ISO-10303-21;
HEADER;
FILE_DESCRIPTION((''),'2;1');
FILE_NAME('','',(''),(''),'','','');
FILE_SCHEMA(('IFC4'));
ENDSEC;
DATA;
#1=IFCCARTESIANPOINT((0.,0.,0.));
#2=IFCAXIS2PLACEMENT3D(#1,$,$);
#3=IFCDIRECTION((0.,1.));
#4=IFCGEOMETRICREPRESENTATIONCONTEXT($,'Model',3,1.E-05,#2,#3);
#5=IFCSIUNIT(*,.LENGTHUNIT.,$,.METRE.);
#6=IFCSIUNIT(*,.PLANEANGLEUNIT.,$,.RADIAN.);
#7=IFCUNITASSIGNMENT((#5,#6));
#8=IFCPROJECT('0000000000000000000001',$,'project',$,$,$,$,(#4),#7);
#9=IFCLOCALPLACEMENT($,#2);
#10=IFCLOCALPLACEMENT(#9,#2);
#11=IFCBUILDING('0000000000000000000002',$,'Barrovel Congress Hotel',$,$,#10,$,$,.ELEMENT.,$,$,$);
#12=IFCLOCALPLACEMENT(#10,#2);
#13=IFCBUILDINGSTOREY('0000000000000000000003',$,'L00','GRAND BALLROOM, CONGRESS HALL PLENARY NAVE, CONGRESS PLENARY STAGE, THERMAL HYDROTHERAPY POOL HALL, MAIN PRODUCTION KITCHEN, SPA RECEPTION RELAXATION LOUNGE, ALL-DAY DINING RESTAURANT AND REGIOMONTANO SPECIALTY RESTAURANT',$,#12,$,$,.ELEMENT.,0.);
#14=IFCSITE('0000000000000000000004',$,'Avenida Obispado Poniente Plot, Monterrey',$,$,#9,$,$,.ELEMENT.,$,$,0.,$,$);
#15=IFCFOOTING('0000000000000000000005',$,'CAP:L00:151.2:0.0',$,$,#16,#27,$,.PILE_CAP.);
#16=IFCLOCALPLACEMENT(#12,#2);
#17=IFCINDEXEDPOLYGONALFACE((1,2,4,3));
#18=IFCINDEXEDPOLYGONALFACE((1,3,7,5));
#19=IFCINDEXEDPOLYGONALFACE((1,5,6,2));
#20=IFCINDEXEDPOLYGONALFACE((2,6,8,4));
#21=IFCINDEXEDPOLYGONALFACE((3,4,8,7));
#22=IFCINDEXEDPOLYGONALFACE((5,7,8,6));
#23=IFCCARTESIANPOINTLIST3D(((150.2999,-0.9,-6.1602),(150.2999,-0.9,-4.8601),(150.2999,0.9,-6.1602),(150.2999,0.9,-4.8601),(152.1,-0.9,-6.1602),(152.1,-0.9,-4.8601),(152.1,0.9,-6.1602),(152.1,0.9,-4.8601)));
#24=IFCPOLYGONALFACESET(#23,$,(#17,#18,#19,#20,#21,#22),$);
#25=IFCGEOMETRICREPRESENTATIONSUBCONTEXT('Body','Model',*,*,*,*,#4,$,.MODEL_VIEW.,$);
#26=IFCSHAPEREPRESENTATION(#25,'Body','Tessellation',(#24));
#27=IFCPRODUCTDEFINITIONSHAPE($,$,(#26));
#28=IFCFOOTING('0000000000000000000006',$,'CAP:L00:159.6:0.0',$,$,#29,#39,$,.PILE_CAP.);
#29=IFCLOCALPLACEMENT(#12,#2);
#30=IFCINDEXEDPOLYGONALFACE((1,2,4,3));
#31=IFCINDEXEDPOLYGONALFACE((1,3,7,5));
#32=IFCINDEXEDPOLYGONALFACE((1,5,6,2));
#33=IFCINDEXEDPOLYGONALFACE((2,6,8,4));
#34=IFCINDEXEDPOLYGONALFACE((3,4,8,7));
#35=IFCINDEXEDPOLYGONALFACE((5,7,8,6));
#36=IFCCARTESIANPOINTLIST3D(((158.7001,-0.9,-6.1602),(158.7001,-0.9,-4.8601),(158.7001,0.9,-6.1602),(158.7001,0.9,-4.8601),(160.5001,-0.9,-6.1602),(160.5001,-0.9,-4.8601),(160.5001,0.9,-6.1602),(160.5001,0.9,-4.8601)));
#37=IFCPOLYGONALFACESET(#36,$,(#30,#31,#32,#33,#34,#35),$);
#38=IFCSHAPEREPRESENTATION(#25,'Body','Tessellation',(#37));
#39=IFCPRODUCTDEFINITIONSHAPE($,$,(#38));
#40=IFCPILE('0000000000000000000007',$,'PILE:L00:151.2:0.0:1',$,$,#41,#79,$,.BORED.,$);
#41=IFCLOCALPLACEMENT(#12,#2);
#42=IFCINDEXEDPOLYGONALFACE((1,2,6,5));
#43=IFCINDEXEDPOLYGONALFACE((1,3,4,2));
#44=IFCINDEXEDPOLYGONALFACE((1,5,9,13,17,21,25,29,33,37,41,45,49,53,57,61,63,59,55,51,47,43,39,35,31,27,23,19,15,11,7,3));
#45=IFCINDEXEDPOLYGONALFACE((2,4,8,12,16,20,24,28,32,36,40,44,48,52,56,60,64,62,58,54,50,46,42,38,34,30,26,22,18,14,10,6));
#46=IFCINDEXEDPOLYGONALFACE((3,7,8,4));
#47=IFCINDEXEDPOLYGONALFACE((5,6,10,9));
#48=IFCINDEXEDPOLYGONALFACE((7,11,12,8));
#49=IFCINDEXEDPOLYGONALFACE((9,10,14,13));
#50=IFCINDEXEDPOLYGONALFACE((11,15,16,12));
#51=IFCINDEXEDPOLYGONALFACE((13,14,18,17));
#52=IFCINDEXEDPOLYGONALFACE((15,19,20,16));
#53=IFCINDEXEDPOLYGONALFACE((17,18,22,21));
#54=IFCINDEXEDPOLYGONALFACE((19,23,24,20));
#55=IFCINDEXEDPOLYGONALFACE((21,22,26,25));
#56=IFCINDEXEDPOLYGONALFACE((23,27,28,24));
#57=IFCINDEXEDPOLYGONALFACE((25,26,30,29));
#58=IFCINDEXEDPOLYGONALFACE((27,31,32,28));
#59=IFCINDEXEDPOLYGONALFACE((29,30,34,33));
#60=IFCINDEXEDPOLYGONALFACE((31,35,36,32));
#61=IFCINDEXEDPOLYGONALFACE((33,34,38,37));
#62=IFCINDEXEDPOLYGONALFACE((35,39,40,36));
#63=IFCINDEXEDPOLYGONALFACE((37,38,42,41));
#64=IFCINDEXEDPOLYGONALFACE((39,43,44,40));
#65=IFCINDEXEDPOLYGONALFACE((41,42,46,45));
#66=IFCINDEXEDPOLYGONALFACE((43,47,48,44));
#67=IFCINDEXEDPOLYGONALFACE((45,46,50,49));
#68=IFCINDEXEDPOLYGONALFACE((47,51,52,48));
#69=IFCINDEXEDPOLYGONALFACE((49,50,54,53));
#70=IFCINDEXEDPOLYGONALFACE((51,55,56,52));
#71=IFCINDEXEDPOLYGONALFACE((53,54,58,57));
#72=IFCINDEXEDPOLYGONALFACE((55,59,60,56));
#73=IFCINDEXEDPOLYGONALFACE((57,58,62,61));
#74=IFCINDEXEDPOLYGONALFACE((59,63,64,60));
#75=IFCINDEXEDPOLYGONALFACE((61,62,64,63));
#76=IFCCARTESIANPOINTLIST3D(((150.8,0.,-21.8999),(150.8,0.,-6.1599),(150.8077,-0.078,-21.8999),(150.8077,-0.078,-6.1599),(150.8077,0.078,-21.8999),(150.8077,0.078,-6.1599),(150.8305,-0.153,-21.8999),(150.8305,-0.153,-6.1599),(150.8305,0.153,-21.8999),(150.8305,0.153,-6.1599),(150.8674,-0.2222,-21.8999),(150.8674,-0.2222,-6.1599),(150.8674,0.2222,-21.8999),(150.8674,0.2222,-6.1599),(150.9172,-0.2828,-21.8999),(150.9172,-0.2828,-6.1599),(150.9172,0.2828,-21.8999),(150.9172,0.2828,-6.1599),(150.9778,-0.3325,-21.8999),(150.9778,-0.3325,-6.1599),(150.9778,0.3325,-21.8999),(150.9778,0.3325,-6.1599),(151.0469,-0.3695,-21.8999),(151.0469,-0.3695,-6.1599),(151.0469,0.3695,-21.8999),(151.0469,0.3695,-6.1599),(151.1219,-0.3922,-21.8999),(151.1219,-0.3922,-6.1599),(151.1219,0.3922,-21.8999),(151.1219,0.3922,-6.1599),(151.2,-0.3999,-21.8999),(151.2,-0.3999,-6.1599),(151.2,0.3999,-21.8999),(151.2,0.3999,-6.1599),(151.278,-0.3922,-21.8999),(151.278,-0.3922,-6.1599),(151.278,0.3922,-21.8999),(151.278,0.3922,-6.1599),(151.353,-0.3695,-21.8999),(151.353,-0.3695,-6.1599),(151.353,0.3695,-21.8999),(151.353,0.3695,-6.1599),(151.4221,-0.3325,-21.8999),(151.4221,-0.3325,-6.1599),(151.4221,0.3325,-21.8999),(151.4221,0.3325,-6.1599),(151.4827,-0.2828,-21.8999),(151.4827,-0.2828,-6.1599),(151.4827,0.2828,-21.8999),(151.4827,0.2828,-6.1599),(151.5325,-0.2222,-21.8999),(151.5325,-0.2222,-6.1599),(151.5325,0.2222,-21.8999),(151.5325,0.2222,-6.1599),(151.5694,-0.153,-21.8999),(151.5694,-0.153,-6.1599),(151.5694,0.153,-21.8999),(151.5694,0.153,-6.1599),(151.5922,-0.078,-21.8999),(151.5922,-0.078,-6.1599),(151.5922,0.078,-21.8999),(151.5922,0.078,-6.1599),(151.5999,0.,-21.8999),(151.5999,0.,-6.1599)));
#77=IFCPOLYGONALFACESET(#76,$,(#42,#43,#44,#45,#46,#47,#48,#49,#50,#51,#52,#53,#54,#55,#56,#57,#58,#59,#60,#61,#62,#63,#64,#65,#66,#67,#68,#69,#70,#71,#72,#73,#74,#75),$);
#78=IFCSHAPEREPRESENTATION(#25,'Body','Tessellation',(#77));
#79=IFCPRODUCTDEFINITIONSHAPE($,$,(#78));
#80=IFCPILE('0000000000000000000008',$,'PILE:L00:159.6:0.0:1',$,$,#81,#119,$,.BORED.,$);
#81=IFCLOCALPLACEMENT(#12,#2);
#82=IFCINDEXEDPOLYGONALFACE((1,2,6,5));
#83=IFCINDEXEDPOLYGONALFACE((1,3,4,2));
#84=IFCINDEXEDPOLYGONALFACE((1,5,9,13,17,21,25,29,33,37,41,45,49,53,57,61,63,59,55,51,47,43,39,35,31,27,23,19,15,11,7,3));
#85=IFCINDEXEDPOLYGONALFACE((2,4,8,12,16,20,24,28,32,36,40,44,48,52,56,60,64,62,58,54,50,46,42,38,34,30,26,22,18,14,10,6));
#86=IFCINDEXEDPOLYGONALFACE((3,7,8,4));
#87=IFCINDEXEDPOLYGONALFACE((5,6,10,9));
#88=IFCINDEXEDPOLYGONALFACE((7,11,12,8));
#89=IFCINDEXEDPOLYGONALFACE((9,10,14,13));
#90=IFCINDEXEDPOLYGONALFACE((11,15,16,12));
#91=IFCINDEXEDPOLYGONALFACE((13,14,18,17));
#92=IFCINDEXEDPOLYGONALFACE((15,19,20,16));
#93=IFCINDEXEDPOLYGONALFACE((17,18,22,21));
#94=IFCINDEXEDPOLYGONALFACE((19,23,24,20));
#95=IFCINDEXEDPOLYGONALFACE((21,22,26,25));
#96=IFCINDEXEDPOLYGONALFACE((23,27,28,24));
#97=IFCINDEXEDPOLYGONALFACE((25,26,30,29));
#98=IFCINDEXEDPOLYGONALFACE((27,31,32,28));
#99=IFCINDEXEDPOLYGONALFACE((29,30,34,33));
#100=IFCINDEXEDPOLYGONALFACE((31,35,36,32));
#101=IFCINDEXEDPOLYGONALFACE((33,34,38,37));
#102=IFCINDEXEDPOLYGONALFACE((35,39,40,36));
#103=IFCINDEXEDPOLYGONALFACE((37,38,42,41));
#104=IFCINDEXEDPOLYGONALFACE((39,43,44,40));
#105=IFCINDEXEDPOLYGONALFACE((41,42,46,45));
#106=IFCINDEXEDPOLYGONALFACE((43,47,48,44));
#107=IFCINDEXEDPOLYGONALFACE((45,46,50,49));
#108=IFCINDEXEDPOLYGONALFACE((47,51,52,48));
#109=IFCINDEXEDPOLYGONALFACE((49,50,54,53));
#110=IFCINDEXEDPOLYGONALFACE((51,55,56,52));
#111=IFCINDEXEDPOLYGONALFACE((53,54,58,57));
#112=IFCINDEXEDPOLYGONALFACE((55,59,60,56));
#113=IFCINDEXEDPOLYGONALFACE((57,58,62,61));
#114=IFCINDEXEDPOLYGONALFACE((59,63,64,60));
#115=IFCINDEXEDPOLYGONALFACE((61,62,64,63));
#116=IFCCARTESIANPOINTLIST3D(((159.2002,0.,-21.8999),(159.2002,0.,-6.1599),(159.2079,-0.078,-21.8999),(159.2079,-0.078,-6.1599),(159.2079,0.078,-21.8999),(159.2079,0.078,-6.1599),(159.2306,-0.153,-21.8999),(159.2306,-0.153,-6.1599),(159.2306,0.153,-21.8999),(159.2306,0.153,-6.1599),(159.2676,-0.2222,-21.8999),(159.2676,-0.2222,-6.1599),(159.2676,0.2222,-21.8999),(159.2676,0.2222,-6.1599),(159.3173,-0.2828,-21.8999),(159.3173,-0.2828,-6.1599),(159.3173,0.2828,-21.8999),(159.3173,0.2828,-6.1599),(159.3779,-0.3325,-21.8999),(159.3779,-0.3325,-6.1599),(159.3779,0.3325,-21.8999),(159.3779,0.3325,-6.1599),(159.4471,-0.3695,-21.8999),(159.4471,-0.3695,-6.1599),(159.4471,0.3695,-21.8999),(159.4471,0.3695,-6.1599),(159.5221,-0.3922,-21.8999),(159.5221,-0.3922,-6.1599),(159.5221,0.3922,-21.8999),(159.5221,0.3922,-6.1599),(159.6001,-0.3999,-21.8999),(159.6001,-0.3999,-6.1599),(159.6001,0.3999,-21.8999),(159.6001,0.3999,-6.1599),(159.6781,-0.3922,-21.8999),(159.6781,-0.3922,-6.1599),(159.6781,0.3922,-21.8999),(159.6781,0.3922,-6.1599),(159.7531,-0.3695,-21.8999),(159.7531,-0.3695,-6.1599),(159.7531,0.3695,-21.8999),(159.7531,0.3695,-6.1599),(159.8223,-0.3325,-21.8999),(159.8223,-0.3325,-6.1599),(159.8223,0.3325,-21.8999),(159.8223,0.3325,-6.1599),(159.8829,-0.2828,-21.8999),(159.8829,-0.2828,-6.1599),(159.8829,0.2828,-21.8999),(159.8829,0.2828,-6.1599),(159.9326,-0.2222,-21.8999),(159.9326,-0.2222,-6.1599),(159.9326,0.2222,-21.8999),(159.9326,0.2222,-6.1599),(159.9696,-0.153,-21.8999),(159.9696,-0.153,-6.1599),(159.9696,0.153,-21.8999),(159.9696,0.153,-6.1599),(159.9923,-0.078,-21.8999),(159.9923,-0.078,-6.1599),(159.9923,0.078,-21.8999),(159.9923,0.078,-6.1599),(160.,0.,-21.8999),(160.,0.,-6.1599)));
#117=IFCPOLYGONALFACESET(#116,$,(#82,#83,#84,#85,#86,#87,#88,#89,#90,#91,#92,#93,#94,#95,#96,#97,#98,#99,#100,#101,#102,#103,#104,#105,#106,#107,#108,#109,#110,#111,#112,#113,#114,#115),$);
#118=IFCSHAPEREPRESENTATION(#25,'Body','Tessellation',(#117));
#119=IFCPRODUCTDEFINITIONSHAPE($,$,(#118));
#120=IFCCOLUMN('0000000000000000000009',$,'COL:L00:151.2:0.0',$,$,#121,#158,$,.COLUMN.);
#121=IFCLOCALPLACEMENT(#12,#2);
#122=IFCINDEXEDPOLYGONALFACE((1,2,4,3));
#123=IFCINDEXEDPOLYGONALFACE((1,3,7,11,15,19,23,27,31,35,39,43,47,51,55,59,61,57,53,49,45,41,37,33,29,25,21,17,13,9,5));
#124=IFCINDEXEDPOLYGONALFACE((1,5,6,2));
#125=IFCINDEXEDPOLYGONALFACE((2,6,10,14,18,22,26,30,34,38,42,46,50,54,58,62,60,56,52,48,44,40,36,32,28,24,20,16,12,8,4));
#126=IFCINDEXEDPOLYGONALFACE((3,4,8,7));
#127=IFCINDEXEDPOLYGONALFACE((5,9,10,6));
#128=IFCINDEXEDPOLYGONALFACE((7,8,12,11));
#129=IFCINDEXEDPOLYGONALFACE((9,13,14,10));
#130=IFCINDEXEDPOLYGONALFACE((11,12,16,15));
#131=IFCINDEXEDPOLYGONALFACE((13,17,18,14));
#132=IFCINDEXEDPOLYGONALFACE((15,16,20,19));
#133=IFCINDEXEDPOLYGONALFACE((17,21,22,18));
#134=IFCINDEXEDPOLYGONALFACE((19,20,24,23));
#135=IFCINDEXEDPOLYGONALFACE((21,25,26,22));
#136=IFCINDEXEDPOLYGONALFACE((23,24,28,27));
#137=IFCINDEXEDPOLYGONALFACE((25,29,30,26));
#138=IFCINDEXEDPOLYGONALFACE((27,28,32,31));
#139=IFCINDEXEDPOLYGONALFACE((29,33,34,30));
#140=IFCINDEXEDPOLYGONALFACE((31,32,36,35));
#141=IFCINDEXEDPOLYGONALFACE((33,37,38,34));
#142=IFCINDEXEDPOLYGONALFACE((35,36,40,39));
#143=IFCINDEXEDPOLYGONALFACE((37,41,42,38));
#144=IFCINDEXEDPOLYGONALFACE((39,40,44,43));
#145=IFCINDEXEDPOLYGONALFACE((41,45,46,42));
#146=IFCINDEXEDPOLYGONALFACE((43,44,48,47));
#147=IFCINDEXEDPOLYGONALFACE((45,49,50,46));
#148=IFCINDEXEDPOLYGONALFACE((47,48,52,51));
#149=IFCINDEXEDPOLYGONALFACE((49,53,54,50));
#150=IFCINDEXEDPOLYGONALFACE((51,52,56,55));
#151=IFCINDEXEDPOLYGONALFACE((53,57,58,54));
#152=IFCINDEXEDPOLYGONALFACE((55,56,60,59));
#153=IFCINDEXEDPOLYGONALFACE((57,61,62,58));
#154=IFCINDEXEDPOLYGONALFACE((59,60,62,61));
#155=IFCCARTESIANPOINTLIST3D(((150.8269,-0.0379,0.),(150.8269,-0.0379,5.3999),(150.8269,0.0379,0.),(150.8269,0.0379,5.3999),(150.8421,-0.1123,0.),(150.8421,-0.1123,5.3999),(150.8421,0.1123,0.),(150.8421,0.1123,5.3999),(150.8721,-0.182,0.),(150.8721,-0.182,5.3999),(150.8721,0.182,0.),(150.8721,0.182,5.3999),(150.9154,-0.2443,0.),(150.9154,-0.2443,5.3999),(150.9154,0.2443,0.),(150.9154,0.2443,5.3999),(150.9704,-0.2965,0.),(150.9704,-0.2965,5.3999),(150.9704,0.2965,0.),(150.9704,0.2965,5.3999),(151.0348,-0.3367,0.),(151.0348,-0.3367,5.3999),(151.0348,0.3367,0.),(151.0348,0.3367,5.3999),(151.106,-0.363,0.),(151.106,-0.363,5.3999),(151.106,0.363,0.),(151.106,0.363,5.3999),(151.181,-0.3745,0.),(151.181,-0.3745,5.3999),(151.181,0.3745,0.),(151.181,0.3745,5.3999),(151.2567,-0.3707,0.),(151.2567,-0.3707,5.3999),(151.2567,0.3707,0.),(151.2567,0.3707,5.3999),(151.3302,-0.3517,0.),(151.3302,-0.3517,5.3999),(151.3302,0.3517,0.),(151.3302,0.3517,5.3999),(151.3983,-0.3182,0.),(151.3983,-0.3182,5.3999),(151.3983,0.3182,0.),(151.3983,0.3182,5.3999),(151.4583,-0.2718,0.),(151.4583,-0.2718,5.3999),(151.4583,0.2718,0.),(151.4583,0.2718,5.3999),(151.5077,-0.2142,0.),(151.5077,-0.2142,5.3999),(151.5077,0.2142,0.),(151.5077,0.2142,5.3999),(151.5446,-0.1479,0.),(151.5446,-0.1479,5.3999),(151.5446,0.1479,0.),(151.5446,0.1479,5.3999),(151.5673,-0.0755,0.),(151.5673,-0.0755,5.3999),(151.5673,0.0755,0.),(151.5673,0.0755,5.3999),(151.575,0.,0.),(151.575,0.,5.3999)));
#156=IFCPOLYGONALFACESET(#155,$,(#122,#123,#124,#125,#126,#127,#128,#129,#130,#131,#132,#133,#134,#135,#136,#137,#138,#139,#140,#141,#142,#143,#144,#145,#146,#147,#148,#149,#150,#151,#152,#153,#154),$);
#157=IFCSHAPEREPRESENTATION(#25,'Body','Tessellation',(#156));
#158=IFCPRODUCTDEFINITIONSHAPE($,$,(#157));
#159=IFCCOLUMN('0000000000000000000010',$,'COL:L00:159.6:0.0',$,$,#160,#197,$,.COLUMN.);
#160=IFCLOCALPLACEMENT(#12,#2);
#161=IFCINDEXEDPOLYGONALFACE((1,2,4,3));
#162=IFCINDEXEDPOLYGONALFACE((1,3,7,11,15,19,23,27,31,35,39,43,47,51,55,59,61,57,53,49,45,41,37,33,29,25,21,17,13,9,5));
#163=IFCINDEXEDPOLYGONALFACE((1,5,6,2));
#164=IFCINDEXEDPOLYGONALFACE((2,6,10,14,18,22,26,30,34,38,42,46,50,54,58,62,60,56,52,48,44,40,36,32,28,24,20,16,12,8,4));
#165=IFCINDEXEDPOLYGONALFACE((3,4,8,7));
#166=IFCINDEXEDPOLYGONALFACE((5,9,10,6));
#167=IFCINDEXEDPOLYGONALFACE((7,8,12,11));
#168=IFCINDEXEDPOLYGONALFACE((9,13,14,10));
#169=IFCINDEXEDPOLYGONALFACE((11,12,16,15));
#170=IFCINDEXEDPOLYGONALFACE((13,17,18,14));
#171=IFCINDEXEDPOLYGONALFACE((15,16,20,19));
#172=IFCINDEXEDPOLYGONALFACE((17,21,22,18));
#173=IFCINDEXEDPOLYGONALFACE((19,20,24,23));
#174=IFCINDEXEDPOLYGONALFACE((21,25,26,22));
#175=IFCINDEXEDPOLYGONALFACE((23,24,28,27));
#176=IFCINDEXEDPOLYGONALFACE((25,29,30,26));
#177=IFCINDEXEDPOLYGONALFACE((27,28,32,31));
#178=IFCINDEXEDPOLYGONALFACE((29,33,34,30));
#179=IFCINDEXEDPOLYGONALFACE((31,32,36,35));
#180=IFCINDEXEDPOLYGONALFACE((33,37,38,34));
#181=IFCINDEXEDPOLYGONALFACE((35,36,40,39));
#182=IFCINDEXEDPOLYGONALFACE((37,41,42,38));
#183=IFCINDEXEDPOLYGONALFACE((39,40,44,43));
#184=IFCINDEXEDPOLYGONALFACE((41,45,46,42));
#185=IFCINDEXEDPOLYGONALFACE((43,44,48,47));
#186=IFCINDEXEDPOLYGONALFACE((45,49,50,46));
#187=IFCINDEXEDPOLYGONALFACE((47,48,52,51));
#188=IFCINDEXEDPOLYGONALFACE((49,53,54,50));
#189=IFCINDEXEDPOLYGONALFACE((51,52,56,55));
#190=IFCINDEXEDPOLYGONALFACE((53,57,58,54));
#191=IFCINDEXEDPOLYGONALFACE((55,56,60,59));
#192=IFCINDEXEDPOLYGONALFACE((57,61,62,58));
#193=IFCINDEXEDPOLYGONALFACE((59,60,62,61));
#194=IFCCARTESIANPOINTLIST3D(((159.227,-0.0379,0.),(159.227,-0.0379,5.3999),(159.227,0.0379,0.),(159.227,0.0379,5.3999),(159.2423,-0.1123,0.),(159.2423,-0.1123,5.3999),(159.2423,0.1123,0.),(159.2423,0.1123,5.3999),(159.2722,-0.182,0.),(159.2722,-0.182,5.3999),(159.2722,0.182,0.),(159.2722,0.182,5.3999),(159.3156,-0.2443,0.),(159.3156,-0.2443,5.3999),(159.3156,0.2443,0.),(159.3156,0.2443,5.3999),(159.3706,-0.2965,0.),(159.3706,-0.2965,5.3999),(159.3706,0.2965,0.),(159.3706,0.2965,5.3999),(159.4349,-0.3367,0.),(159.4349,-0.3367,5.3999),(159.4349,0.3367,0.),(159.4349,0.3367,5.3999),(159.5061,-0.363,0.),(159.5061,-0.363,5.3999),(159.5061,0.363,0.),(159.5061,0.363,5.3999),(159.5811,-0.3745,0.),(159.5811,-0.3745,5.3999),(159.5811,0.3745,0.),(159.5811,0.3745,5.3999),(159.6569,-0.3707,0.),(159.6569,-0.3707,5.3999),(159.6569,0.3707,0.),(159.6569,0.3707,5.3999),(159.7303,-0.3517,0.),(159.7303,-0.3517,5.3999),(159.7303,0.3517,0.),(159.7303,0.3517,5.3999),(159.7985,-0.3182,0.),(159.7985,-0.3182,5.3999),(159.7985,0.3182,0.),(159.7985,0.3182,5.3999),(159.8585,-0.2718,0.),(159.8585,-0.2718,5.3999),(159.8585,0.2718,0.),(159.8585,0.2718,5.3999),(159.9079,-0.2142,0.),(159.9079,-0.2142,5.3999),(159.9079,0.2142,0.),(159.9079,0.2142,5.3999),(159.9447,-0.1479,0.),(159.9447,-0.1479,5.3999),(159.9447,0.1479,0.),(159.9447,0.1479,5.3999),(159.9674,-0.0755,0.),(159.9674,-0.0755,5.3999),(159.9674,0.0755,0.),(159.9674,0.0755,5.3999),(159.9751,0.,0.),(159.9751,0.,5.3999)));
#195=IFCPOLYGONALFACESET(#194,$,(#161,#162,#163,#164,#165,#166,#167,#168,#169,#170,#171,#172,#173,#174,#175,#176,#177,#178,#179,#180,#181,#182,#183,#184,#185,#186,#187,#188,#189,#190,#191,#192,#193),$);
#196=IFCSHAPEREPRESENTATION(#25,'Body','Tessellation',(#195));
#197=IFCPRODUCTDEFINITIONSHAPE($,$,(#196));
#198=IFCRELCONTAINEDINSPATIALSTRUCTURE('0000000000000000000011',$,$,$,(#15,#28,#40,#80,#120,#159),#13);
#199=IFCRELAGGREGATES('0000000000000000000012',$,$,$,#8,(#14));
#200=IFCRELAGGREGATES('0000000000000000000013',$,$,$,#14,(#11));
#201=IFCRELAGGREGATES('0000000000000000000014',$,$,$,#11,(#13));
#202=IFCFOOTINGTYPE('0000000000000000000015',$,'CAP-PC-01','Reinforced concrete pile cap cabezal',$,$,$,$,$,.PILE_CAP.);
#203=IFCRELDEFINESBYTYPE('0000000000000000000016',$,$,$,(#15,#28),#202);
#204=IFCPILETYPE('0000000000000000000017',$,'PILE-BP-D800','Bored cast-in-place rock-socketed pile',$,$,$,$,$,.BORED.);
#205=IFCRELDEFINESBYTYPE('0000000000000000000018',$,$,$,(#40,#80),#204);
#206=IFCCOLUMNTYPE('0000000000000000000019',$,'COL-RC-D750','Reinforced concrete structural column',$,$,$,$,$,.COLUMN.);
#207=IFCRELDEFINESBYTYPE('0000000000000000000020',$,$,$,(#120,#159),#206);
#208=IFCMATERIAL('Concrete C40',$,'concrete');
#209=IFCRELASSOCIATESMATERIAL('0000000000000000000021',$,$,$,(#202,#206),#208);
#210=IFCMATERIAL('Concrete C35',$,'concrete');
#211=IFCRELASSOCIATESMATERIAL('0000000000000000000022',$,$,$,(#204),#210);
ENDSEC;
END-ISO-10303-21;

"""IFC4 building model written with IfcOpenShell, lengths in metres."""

from ifc_helpers import new_model, si_unit, direction, frame, origin, origin_2d, place, context, subcontext, project, spatial, rectangle, circle, extrude, material, material_profile, profile_set, type_object, element, save


model = new_model("IFC4")

# Units and contexts
model_context = context("Model", 3, precision=1e-05, world=origin(), true_north=direction((0.0, 1.0)))
body_context = subcontext(model_context, "Body", "Model", "MODEL_VIEW")
ifc_project = project(units=[si_unit("LENGTHUNIT", "METRE"), si_unit("PLANEANGLEUNIT", "RADIAN")], contexts=[model_context])

# Site, building, storey
site_placement = place(None, origin())
site = spatial("IfcSite", under=ifc_project, at=site_placement, Name="Avenida Obispado Poniente Plot, Monterrey", CompositionType="ELEMENT", RefElevation=0.0)
building_placement = place(site_placement, origin())
building = spatial("IfcBuilding", under=site, at=building_placement, Name="Barrovel Congress Hotel", CompositionType="ELEMENT")
storey_placement = place(building_placement, origin())
storey = spatial("IfcBuildingStorey", under=building, at=storey_placement, Name="L00", Description="GRAND BALLROOM, CONGRESS HALL PLENARY NAVE, CONGRESS PLENARY STAGE, THERMAL HYDROTHERAPY POOL HALL, MAIN PRODUCTION KITCHEN, SPA RECEPTION RELAXATION LOUNGE, ALL-DAY DINING RESTAURANT AND REGIOMONTANO SPECIALTY RESTAURANT", CompositionType="ELEMENT", Elevation=0.0)

# Footings
ifc_material_1 = material(Name="Concrete C40", Category="concrete")
footing_type = type_object("IfcFootingType", Name="CAP-PC-01", Description="Reinforced concrete pile cap cabezal", PredefinedType="PILE_CAP", material=ifc_material_1)
for number, where, z_axis, x_axis, name in (
    (1, (151.2, 0.0, -6.1602), (0.0, 0.0, 1.0), (1.0, 0.0, 0.0), "CAP:L00:151.2:0.0"),
    (2, (159.6001, 0.0, -6.1602), (0.0, 0.0, 1.0), (1.0, 0.0, 0.0), "CAP:L00:159.6:0.0"),
):
    element("IfcFooting", number, at=place(storey_placement, frame(where, z_axis=z_axis, x_axis=x_axis)), inside=storey, type_object=footing_type, Name=name, PredefinedType="PILE_CAP", context=body_context, shape_type="SweptSolid", body=[
        extrude(rectangle(XDim=1.8, YDim=1.8, at=origin_2d()), origin(), (0.0, 0.0, 1.0), 1.3),
    ])

# Piles
ifc_material_2 = material(Name="Concrete C35", Category="concrete")
ifc_material_profile_1 = material_profile(ifc_material_2, circle(Radius=0.3999, at=origin_2d()), Name="BP-D800")
ifc_profile_set_1 = profile_set([ifc_material_profile_1], Name="Concrete C35")
pile_type = type_object("IfcPileType", Name="PILE-BP-D800", Description="Bored cast-in-place rock-socketed pile", PredefinedType="BORED", material=ifc_profile_set_1)
for number, where, z_axis, x_axis, name in (
    (3, (151.2, 0.0, -6.1599), (0.0, 0.0, -1.0), (1.0, 0.0, 0.0), "PILE:L00:151.2:0.0:1"),
    (4, (159.6001, 0.0, -6.1599), (0.0, 0.0, -1.0), (1.0, 0.0, 0.0), "PILE:L00:159.6:0.0:1"),
):
    element("IfcPile", number, at=place(storey_placement, frame(where, z_axis=z_axis, x_axis=x_axis)), inside=storey, type_object=pile_type, Name=name, PredefinedType="BORED", context=body_context, shape_type="SweptSolid", body=[
        extrude(circle(Radius=0.3999, at=origin_2d()), origin(), (0.0, 0.0, 1.0), 15.74),
    ])

# Columns
ifc_material_profile_2 = material_profile(ifc_material_1, circle(Radius=0.375, at=origin_2d()), Name="RC-D750")
ifc_profile_set_2 = profile_set([ifc_material_profile_2], Name="Concrete C40")
column_type_1 = type_object("IfcColumnType", Name="COL-RC-D750", Description="Reinforced concrete structural column", PredefinedType="COLUMN", material=ifc_profile_set_2)
for number, where, z_axis, x_axis, name in (
    (5, (151.2, 0.0, 0.0), (0.0, 0.0, 1.0), (1.0, 0.0, 0.0), "COL:L00:151.2:0.0"),
    (6, (159.6001, 0.0, 0.0), (0.0, 0.0, 1.0), (1.0, 0.0, 0.0), "COL:L00:159.6:0.0"),
):
    element("IfcColumn", number, at=place(storey_placement, frame(where, z_axis=z_axis, x_axis=x_axis)), inside=storey, type_object=column_type_1, Name=name, PredefinedType="COLUMN", context=body_context, shape_type="SweptSolid", body=[
        extrude(circle(Radius=0.375, at=origin_2d()), origin(), (0.0, 0.0, 1.0), 5.3999),
    ])

save(model, "model.ifc")
